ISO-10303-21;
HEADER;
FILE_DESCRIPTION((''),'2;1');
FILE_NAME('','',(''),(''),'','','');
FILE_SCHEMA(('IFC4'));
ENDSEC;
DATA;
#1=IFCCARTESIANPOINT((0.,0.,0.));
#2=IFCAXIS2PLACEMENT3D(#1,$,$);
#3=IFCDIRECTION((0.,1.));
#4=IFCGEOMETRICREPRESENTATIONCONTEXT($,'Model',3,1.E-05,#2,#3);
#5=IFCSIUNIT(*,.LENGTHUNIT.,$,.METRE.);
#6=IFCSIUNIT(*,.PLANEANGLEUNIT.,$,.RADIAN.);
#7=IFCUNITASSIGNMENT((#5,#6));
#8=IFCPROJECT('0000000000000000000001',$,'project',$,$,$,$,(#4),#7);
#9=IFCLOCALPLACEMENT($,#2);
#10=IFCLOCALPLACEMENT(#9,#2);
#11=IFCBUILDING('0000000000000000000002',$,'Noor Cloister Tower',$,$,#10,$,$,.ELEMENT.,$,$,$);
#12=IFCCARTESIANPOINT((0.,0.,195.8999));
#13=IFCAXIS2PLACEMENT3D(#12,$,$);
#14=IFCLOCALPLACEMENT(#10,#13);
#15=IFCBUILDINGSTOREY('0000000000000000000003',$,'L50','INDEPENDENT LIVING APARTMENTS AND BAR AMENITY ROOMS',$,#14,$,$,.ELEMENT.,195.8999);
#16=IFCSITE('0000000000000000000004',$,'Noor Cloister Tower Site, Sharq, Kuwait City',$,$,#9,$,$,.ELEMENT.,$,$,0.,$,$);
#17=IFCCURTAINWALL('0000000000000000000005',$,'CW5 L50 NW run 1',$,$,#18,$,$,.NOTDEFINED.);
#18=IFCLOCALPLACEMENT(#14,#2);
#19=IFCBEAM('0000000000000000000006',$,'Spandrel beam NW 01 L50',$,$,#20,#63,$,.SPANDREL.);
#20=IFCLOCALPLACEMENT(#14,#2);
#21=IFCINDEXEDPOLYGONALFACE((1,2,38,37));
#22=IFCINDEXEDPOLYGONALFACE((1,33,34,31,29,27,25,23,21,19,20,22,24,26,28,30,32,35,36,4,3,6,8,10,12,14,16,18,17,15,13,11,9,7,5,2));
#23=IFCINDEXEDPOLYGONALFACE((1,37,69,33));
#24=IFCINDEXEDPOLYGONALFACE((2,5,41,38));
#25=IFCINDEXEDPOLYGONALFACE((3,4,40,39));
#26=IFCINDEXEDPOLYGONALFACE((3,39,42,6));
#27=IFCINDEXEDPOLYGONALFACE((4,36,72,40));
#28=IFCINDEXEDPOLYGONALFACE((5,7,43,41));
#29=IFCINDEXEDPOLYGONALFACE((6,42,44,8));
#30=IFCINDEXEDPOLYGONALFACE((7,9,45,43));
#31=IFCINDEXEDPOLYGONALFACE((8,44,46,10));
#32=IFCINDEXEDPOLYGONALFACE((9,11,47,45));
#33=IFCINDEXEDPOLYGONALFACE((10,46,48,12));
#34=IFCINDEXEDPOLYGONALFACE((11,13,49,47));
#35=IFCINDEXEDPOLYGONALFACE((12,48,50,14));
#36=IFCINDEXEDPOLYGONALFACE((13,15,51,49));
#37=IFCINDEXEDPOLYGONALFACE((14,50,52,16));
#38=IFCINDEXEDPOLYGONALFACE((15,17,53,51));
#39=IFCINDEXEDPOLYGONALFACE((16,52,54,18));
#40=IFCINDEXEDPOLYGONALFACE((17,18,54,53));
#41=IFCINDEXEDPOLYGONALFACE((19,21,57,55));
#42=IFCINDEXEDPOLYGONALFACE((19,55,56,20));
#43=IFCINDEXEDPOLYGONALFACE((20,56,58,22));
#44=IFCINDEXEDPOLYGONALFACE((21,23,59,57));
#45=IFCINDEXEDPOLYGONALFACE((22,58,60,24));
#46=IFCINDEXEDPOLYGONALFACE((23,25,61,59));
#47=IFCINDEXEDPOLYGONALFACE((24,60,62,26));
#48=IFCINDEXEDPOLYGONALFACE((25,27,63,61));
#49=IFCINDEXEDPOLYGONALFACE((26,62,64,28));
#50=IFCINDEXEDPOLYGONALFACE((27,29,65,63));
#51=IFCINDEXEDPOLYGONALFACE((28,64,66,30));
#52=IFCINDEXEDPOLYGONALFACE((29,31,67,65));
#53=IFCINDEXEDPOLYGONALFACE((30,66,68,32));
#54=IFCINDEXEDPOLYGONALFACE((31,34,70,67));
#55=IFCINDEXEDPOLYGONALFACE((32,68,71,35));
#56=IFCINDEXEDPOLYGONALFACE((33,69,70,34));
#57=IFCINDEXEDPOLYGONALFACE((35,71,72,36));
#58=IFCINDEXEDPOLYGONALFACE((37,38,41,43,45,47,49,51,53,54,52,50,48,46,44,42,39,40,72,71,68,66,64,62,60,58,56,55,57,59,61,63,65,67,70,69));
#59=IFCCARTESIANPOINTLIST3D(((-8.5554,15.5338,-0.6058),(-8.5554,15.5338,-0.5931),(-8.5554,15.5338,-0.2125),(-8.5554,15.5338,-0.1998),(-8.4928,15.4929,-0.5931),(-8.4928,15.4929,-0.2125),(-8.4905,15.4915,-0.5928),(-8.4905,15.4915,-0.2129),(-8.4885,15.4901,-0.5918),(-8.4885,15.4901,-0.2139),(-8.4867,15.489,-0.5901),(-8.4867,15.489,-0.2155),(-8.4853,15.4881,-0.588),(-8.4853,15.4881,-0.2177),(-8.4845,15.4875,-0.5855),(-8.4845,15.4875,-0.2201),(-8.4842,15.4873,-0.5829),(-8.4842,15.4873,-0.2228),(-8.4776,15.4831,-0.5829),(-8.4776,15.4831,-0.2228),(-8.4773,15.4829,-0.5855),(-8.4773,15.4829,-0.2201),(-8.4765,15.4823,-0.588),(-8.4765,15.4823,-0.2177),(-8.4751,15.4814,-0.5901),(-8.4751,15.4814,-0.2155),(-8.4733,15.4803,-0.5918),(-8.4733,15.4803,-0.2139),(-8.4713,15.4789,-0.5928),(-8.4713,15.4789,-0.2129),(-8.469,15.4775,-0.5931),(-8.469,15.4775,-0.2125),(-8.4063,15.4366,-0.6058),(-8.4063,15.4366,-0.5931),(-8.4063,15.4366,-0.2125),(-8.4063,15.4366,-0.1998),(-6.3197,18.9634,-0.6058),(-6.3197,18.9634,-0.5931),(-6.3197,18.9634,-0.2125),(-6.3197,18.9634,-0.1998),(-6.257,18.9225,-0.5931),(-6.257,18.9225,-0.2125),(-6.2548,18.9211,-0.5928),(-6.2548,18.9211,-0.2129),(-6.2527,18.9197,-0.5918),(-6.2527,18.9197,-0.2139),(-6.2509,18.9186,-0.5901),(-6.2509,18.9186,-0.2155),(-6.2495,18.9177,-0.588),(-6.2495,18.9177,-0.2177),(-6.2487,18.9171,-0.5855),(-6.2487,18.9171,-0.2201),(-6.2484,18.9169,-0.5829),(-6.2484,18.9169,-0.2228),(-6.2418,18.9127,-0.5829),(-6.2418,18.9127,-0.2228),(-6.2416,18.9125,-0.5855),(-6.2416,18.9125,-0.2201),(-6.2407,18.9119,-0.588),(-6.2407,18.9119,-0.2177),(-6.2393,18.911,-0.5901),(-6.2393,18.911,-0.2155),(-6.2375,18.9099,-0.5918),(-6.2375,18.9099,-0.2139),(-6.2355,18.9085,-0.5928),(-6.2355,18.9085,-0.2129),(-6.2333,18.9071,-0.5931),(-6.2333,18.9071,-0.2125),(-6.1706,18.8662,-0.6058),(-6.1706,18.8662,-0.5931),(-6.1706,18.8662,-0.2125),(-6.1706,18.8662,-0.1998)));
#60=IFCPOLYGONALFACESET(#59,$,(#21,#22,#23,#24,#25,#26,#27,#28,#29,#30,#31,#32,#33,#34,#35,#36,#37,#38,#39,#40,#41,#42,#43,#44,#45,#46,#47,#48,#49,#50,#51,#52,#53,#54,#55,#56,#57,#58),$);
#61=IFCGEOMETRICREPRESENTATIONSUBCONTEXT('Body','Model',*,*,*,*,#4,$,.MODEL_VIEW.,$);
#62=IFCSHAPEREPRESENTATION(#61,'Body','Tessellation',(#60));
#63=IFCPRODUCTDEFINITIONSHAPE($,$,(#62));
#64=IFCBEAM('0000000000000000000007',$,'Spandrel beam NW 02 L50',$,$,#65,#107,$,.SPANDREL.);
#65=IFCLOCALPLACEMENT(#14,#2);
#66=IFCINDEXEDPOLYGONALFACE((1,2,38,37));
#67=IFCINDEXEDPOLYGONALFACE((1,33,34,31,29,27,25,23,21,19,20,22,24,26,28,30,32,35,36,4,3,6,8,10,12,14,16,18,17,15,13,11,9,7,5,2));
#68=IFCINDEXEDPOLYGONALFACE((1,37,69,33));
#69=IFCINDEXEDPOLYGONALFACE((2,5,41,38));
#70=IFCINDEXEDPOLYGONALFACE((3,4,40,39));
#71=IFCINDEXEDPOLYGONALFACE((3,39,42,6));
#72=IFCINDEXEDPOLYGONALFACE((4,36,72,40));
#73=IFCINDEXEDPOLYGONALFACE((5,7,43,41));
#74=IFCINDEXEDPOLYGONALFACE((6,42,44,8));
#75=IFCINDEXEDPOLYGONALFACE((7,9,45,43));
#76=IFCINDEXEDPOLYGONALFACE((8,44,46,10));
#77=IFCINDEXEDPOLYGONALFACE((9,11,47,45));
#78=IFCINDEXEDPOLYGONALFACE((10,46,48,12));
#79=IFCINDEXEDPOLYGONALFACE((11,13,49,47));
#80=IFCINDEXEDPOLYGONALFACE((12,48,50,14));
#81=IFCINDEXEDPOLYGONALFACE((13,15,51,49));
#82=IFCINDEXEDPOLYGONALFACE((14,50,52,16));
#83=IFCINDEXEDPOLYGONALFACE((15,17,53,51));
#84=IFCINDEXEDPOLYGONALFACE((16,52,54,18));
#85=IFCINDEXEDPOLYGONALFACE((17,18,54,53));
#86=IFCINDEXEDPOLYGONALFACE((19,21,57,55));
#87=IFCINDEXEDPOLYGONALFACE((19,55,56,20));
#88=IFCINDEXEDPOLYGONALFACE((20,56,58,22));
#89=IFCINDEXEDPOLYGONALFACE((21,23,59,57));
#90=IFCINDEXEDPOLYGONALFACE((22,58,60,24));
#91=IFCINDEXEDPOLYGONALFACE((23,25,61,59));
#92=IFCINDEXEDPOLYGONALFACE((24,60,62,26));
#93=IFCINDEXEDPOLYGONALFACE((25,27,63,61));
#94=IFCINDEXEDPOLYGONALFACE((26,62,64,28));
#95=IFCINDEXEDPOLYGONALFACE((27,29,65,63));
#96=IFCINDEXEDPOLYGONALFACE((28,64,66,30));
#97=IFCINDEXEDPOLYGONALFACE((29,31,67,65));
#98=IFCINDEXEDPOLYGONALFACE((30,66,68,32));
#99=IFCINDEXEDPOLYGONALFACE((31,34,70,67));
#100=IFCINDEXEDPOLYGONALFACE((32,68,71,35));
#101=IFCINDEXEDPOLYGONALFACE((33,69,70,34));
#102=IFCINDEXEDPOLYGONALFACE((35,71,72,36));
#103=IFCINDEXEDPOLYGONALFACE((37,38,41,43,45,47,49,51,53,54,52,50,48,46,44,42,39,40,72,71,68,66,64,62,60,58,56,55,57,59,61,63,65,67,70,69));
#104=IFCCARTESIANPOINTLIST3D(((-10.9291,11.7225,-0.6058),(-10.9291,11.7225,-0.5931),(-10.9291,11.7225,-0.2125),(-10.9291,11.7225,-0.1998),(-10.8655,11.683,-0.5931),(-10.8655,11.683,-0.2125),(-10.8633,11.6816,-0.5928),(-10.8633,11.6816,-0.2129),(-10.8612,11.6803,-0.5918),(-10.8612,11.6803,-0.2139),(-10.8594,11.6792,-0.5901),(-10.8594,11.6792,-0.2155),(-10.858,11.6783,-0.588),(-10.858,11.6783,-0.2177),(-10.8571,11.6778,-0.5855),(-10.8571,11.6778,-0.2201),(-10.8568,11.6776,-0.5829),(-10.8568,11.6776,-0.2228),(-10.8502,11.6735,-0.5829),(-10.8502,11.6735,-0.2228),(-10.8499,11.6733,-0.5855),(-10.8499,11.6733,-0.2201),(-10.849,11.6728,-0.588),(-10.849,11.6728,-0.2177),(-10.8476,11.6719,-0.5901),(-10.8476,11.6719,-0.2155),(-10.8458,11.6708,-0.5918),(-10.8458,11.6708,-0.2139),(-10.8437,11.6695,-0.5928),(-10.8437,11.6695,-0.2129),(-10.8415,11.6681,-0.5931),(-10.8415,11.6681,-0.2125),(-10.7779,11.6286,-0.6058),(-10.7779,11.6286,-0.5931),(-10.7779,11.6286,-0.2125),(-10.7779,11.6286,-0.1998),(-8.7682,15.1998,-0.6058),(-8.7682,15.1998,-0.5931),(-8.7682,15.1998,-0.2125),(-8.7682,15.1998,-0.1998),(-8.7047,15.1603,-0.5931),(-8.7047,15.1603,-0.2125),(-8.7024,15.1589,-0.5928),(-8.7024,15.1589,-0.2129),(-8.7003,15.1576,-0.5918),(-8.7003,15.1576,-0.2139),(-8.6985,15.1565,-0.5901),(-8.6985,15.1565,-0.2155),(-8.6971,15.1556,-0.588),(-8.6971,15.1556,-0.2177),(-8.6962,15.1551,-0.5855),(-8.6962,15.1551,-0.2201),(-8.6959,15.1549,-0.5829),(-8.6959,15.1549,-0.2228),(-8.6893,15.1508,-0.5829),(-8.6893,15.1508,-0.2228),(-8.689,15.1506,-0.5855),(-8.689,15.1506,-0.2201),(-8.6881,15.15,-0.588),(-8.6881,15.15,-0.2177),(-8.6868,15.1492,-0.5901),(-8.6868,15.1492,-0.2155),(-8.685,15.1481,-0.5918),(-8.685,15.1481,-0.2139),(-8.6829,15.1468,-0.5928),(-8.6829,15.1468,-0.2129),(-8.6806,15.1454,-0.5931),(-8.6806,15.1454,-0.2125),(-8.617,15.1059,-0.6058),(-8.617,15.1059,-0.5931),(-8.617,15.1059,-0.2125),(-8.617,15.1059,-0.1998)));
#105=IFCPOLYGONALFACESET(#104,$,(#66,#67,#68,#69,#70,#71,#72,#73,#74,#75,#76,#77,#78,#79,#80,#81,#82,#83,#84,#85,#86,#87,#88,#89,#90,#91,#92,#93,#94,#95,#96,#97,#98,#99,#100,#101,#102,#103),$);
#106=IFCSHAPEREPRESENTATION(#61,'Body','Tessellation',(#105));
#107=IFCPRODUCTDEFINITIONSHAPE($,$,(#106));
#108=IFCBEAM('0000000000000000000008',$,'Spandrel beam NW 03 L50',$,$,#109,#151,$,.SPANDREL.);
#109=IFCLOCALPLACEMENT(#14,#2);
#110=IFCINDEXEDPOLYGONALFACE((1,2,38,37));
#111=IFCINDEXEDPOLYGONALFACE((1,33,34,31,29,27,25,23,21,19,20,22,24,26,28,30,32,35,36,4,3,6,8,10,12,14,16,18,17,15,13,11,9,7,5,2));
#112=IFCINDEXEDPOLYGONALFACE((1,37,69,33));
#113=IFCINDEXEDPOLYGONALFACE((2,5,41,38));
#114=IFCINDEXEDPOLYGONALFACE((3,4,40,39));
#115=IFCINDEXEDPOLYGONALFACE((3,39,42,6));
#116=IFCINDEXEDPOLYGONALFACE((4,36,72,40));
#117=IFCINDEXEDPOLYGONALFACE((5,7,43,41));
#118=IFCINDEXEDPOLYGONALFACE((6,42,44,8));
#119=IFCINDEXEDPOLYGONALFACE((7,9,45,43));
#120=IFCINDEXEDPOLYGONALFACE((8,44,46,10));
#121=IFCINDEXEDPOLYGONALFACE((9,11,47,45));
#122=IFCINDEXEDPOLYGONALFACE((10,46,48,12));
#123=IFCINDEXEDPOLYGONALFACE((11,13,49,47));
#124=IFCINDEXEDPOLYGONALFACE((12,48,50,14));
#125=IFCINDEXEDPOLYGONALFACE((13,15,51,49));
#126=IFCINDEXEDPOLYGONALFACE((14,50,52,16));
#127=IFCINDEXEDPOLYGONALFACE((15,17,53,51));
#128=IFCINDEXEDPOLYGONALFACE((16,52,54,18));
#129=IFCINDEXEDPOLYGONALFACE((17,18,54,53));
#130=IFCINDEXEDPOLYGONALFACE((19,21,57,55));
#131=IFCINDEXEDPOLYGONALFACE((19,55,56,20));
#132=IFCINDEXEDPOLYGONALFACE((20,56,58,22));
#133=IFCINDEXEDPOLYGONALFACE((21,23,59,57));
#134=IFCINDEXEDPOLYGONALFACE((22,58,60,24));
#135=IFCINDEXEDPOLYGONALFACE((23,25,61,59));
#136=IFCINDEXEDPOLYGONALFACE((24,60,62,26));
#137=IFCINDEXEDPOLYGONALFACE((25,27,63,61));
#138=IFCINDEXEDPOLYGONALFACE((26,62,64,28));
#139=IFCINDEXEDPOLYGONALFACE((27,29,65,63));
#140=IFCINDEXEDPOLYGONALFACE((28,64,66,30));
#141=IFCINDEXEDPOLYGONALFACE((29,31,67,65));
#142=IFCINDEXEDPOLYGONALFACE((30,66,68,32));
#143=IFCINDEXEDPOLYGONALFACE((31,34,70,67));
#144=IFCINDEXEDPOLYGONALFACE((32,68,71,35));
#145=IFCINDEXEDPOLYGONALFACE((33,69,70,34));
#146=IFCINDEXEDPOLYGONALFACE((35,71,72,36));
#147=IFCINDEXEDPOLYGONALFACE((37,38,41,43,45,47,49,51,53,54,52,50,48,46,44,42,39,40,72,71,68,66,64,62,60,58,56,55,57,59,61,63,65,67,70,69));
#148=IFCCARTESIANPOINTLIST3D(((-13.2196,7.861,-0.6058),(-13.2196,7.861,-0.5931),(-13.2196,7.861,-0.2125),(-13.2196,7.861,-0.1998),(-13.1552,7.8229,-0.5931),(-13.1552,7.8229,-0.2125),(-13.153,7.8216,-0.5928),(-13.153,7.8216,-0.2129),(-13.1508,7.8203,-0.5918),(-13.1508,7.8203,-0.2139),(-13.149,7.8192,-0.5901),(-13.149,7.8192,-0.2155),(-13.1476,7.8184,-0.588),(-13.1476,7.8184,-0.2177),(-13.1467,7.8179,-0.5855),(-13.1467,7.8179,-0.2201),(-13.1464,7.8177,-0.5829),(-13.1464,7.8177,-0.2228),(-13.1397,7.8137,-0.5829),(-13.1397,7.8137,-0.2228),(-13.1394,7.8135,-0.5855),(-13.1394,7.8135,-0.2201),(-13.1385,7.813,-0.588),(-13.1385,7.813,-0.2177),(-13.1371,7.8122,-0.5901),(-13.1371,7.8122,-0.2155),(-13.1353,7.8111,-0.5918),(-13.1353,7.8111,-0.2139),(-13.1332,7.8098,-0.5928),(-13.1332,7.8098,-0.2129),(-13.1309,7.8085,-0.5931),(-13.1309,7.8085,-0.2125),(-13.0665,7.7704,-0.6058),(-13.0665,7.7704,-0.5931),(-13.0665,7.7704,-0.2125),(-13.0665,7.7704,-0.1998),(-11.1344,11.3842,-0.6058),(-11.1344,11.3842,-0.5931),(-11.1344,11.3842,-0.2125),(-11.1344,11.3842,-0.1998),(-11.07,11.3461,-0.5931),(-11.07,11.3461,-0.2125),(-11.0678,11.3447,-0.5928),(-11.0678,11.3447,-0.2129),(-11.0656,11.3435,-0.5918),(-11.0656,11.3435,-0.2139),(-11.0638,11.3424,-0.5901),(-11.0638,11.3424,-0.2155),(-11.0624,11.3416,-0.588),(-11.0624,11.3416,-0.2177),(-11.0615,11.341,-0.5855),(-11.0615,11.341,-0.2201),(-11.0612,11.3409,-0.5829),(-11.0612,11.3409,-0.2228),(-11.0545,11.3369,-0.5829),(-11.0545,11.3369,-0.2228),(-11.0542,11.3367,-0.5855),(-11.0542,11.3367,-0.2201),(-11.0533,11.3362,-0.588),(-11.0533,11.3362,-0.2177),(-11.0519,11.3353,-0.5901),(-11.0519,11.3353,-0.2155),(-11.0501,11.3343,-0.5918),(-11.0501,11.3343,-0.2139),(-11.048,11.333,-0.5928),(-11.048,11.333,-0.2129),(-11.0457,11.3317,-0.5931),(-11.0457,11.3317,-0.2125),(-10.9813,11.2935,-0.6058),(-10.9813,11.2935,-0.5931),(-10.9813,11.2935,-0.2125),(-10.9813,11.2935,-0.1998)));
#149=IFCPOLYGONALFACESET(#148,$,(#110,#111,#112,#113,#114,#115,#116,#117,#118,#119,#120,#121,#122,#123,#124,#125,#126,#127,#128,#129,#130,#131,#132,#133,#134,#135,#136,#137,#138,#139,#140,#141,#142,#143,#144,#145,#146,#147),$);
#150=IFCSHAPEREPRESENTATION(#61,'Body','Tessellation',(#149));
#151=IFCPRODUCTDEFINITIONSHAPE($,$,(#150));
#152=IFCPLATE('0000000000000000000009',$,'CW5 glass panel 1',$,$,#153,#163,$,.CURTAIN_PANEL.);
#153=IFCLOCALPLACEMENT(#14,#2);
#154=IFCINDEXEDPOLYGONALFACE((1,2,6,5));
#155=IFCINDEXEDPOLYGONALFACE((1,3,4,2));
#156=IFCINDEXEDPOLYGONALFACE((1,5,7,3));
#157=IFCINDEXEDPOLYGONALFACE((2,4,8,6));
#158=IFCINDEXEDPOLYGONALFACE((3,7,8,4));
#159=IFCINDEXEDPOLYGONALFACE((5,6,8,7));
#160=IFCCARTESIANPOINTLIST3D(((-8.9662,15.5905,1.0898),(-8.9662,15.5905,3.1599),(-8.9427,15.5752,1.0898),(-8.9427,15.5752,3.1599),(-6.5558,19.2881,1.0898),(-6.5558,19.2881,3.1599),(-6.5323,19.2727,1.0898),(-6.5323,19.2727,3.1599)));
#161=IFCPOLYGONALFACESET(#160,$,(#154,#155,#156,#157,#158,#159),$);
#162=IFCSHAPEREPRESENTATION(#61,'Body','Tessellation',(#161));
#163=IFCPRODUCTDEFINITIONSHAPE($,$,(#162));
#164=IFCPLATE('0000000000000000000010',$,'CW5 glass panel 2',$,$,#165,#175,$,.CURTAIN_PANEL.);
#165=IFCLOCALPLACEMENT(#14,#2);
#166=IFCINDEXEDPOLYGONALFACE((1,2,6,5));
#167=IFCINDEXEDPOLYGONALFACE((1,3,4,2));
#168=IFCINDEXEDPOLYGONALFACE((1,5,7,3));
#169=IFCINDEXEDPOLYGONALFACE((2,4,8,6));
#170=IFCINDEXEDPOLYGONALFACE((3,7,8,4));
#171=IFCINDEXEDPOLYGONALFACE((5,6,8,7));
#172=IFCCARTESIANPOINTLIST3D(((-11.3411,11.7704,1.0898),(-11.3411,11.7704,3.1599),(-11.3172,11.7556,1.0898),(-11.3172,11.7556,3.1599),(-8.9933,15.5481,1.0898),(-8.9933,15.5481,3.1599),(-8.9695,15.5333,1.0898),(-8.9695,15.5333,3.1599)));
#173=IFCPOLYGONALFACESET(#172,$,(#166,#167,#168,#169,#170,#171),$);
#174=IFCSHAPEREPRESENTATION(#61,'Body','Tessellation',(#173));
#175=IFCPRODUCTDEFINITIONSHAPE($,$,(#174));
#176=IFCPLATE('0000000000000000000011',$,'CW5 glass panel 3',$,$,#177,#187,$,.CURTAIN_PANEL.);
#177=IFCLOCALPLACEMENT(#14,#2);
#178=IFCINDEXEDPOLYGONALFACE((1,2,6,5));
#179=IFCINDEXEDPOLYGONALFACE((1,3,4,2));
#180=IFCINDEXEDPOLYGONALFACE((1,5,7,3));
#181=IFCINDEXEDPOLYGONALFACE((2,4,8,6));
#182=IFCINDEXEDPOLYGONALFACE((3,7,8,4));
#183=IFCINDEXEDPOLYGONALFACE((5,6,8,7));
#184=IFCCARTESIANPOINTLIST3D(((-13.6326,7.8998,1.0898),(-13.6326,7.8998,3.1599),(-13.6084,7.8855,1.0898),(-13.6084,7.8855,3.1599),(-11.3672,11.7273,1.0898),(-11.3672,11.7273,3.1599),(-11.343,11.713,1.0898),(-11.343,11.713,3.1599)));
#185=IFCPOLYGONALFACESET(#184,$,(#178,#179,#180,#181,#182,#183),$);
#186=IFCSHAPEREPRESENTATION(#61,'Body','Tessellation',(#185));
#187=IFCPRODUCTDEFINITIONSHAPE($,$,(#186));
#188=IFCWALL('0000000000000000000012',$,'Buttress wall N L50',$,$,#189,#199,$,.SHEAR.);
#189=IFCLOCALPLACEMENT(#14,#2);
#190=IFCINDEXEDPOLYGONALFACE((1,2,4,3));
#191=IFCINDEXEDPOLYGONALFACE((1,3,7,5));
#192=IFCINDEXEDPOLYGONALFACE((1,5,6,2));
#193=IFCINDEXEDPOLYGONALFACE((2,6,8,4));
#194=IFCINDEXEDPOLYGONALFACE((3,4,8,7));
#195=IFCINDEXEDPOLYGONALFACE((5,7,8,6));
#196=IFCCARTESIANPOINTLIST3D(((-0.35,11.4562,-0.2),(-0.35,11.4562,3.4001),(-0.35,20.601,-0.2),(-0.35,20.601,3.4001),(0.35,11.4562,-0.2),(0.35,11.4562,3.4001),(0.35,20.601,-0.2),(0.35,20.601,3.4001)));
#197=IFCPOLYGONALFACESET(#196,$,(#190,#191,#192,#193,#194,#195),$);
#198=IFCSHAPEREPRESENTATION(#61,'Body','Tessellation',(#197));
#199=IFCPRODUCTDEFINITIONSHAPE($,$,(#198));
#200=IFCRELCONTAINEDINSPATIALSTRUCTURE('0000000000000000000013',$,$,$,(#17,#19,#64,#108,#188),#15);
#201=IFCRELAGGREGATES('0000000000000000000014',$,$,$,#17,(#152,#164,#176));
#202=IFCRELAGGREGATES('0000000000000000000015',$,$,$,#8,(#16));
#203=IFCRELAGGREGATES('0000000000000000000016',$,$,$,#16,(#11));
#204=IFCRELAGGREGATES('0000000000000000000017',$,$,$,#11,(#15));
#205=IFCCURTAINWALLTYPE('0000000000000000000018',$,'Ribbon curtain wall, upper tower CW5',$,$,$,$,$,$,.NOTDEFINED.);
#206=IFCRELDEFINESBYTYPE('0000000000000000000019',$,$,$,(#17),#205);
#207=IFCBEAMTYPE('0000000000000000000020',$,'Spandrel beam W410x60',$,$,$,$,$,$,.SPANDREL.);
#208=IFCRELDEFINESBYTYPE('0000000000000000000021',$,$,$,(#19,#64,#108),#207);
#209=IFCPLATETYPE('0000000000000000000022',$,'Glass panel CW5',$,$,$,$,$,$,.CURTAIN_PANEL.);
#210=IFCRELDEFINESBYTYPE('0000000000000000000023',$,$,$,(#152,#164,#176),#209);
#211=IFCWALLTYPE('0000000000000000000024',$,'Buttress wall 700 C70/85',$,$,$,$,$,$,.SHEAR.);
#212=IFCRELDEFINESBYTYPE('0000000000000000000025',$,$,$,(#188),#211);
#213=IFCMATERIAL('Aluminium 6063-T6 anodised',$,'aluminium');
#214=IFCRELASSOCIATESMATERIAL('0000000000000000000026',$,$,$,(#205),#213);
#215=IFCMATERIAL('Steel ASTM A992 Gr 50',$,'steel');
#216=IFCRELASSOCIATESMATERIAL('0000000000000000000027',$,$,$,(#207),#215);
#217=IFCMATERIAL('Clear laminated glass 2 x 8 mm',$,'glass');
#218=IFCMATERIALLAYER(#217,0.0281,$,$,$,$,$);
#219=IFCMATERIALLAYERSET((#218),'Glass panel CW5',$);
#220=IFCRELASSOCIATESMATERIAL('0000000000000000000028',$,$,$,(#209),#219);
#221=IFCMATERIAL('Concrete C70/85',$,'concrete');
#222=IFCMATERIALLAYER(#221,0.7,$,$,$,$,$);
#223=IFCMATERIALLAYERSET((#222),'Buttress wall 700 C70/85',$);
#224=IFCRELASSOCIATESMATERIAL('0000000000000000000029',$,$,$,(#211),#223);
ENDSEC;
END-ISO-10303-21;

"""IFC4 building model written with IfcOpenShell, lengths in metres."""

from ifc_helpers import new_model, si_unit, direction, frame, frame_2d, origin, origin_2d, place, context, subcontext, project, spatial, rectangle, i_section, extrude, material, layer, layer_set, material_profile, profile_set, type_object, element, aggregate, save


model = new_model("IFC4")

# Units and contexts
model_context = context("Model", 3, precision=1e-05, world=origin(), true_north=direction((0.0, 1.0)))
body_context = subcontext(model_context, "Body", "Model", "MODEL_VIEW")
ifc_project = project(units=[si_unit("LENGTHUNIT", "METRE"), si_unit("PLANEANGLEUNIT", "RADIAN")], contexts=[model_context])

# Site, building, storey
site_placement = place(None, origin())
site = spatial("IfcSite", under=ifc_project, at=site_placement, Name="Noor Cloister Tower Site, Sharq, Kuwait City", CompositionType="ELEMENT", RefElevation=0.0)
building_placement = place(site_placement, origin())
building = spatial("IfcBuilding", under=site, at=building_placement, Name="Noor Cloister Tower", CompositionType="ELEMENT")
storey_placement = place(building_placement, frame((0.0, 0.0, 195.8999)))
storey = spatial("IfcBuildingStorey", under=building, at=storey_placement, Name="L50", Description="INDEPENDENT LIVING APARTMENTS AND BAR AMENITY ROOMS", CompositionType="ELEMENT", Elevation=195.8999)

# Curtain wall
ifc_material_1 = material(Name="Aluminium 6063-T6 anodised", Category="aluminium")
curtain_wall_type = type_object("IfcCurtainWallType", Name="Ribbon curtain wall, upper tower CW5", PredefinedType="NOTDEFINED", material=ifc_material_1)
curtain_wall_placement = place(storey_placement, origin())
curtain_wall = element("IfcCurtainWall", 1, at=curtain_wall_placement, inside=storey, type_object=curtain_wall_type, Name="CW5 L50 NW run 1", PredefinedType="NOTDEFINED")

# Beams
ifc_material_2 = material(Name="Steel ASTM A992 Gr 50", Category="steel")
ifc_material_profile_1 = material_profile(ifc_material_2, i_section(OverallWidth=0.178, OverallDepth=0.406, WebThickness=0.0078, FlangeThickness=0.0127, FilletRadius=0.0103, at=origin_2d()), Name="W410x60")
ifc_profile_set_1 = profile_set([ifc_material_profile_1], Name="Steel ASTM A992 Gr 50")
beam_type_1 = type_object("IfcBeamType", Name="Spandrel beam W410x60", PredefinedType="SPANDREL", material=ifc_profile_set_1)
for number, where, z_axis, x_axis, name in (
    (2, (-6.2451, 18.9148, -0.4028), (-0.546111, -0.837713, 0.0), (0.837713, -0.546111, 0.0), "Spandrel beam NW 01 L50"),
    (3, (-8.6926, 15.1528, -0.4028), (-0.527816, -0.849359, 0.0), (0.849359, -0.527816, 0.0), "Spandrel beam NW 02 L50"),
    (4, (-11.0579, 11.3389, -0.4028), (-0.50933, -0.860571, 0.0), (0.860571, -0.50933, 0.0), "Spandrel beam NW 03 L50"),
):
    element("IfcBeam", number, at=place(storey_placement, frame(where, z_axis=z_axis, x_axis=x_axis)), inside=storey, type_object=beam_type_1, Name=name, PredefinedType="SPANDREL", context=body_context, shape_type="SweptSolid", body=[
        extrude(i_section(OverallWidth=0.178, OverallDepth=0.406, WebThickness=0.0078, FlangeThickness=0.0127, FilletRadius=0.0103, at=origin_2d()), origin(), (0.0, 0.0, 1.0), 4.094),
    ])

# Plates
ifc_material_3 = material(Name="Clear laminated glass 2 x 8 mm", Category="glass")
ifc_layer_1 = layer(ifc_material_3, 0.0281)
ifc_layer_set_1 = layer_set([ifc_layer_1], Name="Glass panel CW5")
plate_type = type_object("IfcPlateType", Name="Glass panel CW5", PredefinedType="CURTAIN_PANEL", material=ifc_layer_set_1)
plate_1_placement = place(storey_placement, frame((-7.7493, 17.4316, 1.0898), z_axis=(0.0, 0.0, 1.0), x_axis=(-0.546098, -0.837721, 0.0)))
plate_1 = element("IfcPlate", 5, at=plate_1_placement, type_object=plate_type, Name="CW5 glass panel 1", PredefinedType="CURTAIN_PANEL", context=body_context, shape_type="SweptSolid", body=[
    extrude(rectangle(XDim=4.4138, YDim=0.0281, at=origin_2d()), origin(), (0.0, 0.0, 1.0), 2.0701),
])
plate_2_placement = place(storey_placement, frame((-10.1553, 13.6519, 1.0898), z_axis=(0.0, 0.0, 1.0), x_axis=(-0.527843, -0.849342, 0.0)))
plate_2 = element("IfcPlate", 6, at=plate_2_placement, type_object=plate_type, Name="CW5 glass panel 2", PredefinedType="CURTAIN_PANEL", context=body_context, shape_type="SweptSolid", body=[
    extrude(rectangle(XDim=4.4478, YDim=0.0281, at=origin_2d()), origin(), (0.0, 0.0, 1.0), 2.0701),
])
plate_3_placement = place(storey_placement, frame((-12.4878, 9.8064, 1.0898), z_axis=(0.0, 0.0, 1.0), x_axis=(-0.509341, -0.860565, 0.0)))
plate_3 = element("IfcPlate", 7, at=plate_3_placement, type_object=plate_type, Name="CW5 glass panel 3", PredefinedType="CURTAIN_PANEL", context=body_context, shape_type="SweptSolid", body=[
    extrude(rectangle(XDim=4.4478, YDim=0.0281, at=origin_2d()), origin(), (0.0, 0.0, 1.0), 2.0701),
])
aggregate(curtain_wall, [plate_1, plate_2, plate_3])

# Wall
ifc_material_4 = material(Name="Concrete C70/85", Category="concrete")
ifc_layer_2 = layer(ifc_material_4, 0.7)
ifc_layer_set_2 = layer_set([ifc_layer_2], Name="Buttress wall 700 C70/85")
wall_type_1 = type_object("IfcWallType", Name="Buttress wall 700 C70/85", PredefinedType="SHEAR", material=ifc_layer_set_2)
wall_1_placement = place(storey_placement, frame((0.0, 11.4563, -0.2), z_axis=(0.0, 0.0, 1.0), x_axis=(0.0, 1.0, 0.0)))
element("IfcWall", 8, at=wall_1_placement, inside=storey, type_object=wall_type_1, Name="Buttress wall N L50", PredefinedType="SHEAR", context=body_context, shape_type="SweptSolid", body=[
    extrude(rectangle(XDim=9.1448, YDim=0.7, at=frame_2d((4.5723, 0.0))), origin(), (0.0, 0.0, 1.0), 3.6001),
])

save(model, "model.ifc")
